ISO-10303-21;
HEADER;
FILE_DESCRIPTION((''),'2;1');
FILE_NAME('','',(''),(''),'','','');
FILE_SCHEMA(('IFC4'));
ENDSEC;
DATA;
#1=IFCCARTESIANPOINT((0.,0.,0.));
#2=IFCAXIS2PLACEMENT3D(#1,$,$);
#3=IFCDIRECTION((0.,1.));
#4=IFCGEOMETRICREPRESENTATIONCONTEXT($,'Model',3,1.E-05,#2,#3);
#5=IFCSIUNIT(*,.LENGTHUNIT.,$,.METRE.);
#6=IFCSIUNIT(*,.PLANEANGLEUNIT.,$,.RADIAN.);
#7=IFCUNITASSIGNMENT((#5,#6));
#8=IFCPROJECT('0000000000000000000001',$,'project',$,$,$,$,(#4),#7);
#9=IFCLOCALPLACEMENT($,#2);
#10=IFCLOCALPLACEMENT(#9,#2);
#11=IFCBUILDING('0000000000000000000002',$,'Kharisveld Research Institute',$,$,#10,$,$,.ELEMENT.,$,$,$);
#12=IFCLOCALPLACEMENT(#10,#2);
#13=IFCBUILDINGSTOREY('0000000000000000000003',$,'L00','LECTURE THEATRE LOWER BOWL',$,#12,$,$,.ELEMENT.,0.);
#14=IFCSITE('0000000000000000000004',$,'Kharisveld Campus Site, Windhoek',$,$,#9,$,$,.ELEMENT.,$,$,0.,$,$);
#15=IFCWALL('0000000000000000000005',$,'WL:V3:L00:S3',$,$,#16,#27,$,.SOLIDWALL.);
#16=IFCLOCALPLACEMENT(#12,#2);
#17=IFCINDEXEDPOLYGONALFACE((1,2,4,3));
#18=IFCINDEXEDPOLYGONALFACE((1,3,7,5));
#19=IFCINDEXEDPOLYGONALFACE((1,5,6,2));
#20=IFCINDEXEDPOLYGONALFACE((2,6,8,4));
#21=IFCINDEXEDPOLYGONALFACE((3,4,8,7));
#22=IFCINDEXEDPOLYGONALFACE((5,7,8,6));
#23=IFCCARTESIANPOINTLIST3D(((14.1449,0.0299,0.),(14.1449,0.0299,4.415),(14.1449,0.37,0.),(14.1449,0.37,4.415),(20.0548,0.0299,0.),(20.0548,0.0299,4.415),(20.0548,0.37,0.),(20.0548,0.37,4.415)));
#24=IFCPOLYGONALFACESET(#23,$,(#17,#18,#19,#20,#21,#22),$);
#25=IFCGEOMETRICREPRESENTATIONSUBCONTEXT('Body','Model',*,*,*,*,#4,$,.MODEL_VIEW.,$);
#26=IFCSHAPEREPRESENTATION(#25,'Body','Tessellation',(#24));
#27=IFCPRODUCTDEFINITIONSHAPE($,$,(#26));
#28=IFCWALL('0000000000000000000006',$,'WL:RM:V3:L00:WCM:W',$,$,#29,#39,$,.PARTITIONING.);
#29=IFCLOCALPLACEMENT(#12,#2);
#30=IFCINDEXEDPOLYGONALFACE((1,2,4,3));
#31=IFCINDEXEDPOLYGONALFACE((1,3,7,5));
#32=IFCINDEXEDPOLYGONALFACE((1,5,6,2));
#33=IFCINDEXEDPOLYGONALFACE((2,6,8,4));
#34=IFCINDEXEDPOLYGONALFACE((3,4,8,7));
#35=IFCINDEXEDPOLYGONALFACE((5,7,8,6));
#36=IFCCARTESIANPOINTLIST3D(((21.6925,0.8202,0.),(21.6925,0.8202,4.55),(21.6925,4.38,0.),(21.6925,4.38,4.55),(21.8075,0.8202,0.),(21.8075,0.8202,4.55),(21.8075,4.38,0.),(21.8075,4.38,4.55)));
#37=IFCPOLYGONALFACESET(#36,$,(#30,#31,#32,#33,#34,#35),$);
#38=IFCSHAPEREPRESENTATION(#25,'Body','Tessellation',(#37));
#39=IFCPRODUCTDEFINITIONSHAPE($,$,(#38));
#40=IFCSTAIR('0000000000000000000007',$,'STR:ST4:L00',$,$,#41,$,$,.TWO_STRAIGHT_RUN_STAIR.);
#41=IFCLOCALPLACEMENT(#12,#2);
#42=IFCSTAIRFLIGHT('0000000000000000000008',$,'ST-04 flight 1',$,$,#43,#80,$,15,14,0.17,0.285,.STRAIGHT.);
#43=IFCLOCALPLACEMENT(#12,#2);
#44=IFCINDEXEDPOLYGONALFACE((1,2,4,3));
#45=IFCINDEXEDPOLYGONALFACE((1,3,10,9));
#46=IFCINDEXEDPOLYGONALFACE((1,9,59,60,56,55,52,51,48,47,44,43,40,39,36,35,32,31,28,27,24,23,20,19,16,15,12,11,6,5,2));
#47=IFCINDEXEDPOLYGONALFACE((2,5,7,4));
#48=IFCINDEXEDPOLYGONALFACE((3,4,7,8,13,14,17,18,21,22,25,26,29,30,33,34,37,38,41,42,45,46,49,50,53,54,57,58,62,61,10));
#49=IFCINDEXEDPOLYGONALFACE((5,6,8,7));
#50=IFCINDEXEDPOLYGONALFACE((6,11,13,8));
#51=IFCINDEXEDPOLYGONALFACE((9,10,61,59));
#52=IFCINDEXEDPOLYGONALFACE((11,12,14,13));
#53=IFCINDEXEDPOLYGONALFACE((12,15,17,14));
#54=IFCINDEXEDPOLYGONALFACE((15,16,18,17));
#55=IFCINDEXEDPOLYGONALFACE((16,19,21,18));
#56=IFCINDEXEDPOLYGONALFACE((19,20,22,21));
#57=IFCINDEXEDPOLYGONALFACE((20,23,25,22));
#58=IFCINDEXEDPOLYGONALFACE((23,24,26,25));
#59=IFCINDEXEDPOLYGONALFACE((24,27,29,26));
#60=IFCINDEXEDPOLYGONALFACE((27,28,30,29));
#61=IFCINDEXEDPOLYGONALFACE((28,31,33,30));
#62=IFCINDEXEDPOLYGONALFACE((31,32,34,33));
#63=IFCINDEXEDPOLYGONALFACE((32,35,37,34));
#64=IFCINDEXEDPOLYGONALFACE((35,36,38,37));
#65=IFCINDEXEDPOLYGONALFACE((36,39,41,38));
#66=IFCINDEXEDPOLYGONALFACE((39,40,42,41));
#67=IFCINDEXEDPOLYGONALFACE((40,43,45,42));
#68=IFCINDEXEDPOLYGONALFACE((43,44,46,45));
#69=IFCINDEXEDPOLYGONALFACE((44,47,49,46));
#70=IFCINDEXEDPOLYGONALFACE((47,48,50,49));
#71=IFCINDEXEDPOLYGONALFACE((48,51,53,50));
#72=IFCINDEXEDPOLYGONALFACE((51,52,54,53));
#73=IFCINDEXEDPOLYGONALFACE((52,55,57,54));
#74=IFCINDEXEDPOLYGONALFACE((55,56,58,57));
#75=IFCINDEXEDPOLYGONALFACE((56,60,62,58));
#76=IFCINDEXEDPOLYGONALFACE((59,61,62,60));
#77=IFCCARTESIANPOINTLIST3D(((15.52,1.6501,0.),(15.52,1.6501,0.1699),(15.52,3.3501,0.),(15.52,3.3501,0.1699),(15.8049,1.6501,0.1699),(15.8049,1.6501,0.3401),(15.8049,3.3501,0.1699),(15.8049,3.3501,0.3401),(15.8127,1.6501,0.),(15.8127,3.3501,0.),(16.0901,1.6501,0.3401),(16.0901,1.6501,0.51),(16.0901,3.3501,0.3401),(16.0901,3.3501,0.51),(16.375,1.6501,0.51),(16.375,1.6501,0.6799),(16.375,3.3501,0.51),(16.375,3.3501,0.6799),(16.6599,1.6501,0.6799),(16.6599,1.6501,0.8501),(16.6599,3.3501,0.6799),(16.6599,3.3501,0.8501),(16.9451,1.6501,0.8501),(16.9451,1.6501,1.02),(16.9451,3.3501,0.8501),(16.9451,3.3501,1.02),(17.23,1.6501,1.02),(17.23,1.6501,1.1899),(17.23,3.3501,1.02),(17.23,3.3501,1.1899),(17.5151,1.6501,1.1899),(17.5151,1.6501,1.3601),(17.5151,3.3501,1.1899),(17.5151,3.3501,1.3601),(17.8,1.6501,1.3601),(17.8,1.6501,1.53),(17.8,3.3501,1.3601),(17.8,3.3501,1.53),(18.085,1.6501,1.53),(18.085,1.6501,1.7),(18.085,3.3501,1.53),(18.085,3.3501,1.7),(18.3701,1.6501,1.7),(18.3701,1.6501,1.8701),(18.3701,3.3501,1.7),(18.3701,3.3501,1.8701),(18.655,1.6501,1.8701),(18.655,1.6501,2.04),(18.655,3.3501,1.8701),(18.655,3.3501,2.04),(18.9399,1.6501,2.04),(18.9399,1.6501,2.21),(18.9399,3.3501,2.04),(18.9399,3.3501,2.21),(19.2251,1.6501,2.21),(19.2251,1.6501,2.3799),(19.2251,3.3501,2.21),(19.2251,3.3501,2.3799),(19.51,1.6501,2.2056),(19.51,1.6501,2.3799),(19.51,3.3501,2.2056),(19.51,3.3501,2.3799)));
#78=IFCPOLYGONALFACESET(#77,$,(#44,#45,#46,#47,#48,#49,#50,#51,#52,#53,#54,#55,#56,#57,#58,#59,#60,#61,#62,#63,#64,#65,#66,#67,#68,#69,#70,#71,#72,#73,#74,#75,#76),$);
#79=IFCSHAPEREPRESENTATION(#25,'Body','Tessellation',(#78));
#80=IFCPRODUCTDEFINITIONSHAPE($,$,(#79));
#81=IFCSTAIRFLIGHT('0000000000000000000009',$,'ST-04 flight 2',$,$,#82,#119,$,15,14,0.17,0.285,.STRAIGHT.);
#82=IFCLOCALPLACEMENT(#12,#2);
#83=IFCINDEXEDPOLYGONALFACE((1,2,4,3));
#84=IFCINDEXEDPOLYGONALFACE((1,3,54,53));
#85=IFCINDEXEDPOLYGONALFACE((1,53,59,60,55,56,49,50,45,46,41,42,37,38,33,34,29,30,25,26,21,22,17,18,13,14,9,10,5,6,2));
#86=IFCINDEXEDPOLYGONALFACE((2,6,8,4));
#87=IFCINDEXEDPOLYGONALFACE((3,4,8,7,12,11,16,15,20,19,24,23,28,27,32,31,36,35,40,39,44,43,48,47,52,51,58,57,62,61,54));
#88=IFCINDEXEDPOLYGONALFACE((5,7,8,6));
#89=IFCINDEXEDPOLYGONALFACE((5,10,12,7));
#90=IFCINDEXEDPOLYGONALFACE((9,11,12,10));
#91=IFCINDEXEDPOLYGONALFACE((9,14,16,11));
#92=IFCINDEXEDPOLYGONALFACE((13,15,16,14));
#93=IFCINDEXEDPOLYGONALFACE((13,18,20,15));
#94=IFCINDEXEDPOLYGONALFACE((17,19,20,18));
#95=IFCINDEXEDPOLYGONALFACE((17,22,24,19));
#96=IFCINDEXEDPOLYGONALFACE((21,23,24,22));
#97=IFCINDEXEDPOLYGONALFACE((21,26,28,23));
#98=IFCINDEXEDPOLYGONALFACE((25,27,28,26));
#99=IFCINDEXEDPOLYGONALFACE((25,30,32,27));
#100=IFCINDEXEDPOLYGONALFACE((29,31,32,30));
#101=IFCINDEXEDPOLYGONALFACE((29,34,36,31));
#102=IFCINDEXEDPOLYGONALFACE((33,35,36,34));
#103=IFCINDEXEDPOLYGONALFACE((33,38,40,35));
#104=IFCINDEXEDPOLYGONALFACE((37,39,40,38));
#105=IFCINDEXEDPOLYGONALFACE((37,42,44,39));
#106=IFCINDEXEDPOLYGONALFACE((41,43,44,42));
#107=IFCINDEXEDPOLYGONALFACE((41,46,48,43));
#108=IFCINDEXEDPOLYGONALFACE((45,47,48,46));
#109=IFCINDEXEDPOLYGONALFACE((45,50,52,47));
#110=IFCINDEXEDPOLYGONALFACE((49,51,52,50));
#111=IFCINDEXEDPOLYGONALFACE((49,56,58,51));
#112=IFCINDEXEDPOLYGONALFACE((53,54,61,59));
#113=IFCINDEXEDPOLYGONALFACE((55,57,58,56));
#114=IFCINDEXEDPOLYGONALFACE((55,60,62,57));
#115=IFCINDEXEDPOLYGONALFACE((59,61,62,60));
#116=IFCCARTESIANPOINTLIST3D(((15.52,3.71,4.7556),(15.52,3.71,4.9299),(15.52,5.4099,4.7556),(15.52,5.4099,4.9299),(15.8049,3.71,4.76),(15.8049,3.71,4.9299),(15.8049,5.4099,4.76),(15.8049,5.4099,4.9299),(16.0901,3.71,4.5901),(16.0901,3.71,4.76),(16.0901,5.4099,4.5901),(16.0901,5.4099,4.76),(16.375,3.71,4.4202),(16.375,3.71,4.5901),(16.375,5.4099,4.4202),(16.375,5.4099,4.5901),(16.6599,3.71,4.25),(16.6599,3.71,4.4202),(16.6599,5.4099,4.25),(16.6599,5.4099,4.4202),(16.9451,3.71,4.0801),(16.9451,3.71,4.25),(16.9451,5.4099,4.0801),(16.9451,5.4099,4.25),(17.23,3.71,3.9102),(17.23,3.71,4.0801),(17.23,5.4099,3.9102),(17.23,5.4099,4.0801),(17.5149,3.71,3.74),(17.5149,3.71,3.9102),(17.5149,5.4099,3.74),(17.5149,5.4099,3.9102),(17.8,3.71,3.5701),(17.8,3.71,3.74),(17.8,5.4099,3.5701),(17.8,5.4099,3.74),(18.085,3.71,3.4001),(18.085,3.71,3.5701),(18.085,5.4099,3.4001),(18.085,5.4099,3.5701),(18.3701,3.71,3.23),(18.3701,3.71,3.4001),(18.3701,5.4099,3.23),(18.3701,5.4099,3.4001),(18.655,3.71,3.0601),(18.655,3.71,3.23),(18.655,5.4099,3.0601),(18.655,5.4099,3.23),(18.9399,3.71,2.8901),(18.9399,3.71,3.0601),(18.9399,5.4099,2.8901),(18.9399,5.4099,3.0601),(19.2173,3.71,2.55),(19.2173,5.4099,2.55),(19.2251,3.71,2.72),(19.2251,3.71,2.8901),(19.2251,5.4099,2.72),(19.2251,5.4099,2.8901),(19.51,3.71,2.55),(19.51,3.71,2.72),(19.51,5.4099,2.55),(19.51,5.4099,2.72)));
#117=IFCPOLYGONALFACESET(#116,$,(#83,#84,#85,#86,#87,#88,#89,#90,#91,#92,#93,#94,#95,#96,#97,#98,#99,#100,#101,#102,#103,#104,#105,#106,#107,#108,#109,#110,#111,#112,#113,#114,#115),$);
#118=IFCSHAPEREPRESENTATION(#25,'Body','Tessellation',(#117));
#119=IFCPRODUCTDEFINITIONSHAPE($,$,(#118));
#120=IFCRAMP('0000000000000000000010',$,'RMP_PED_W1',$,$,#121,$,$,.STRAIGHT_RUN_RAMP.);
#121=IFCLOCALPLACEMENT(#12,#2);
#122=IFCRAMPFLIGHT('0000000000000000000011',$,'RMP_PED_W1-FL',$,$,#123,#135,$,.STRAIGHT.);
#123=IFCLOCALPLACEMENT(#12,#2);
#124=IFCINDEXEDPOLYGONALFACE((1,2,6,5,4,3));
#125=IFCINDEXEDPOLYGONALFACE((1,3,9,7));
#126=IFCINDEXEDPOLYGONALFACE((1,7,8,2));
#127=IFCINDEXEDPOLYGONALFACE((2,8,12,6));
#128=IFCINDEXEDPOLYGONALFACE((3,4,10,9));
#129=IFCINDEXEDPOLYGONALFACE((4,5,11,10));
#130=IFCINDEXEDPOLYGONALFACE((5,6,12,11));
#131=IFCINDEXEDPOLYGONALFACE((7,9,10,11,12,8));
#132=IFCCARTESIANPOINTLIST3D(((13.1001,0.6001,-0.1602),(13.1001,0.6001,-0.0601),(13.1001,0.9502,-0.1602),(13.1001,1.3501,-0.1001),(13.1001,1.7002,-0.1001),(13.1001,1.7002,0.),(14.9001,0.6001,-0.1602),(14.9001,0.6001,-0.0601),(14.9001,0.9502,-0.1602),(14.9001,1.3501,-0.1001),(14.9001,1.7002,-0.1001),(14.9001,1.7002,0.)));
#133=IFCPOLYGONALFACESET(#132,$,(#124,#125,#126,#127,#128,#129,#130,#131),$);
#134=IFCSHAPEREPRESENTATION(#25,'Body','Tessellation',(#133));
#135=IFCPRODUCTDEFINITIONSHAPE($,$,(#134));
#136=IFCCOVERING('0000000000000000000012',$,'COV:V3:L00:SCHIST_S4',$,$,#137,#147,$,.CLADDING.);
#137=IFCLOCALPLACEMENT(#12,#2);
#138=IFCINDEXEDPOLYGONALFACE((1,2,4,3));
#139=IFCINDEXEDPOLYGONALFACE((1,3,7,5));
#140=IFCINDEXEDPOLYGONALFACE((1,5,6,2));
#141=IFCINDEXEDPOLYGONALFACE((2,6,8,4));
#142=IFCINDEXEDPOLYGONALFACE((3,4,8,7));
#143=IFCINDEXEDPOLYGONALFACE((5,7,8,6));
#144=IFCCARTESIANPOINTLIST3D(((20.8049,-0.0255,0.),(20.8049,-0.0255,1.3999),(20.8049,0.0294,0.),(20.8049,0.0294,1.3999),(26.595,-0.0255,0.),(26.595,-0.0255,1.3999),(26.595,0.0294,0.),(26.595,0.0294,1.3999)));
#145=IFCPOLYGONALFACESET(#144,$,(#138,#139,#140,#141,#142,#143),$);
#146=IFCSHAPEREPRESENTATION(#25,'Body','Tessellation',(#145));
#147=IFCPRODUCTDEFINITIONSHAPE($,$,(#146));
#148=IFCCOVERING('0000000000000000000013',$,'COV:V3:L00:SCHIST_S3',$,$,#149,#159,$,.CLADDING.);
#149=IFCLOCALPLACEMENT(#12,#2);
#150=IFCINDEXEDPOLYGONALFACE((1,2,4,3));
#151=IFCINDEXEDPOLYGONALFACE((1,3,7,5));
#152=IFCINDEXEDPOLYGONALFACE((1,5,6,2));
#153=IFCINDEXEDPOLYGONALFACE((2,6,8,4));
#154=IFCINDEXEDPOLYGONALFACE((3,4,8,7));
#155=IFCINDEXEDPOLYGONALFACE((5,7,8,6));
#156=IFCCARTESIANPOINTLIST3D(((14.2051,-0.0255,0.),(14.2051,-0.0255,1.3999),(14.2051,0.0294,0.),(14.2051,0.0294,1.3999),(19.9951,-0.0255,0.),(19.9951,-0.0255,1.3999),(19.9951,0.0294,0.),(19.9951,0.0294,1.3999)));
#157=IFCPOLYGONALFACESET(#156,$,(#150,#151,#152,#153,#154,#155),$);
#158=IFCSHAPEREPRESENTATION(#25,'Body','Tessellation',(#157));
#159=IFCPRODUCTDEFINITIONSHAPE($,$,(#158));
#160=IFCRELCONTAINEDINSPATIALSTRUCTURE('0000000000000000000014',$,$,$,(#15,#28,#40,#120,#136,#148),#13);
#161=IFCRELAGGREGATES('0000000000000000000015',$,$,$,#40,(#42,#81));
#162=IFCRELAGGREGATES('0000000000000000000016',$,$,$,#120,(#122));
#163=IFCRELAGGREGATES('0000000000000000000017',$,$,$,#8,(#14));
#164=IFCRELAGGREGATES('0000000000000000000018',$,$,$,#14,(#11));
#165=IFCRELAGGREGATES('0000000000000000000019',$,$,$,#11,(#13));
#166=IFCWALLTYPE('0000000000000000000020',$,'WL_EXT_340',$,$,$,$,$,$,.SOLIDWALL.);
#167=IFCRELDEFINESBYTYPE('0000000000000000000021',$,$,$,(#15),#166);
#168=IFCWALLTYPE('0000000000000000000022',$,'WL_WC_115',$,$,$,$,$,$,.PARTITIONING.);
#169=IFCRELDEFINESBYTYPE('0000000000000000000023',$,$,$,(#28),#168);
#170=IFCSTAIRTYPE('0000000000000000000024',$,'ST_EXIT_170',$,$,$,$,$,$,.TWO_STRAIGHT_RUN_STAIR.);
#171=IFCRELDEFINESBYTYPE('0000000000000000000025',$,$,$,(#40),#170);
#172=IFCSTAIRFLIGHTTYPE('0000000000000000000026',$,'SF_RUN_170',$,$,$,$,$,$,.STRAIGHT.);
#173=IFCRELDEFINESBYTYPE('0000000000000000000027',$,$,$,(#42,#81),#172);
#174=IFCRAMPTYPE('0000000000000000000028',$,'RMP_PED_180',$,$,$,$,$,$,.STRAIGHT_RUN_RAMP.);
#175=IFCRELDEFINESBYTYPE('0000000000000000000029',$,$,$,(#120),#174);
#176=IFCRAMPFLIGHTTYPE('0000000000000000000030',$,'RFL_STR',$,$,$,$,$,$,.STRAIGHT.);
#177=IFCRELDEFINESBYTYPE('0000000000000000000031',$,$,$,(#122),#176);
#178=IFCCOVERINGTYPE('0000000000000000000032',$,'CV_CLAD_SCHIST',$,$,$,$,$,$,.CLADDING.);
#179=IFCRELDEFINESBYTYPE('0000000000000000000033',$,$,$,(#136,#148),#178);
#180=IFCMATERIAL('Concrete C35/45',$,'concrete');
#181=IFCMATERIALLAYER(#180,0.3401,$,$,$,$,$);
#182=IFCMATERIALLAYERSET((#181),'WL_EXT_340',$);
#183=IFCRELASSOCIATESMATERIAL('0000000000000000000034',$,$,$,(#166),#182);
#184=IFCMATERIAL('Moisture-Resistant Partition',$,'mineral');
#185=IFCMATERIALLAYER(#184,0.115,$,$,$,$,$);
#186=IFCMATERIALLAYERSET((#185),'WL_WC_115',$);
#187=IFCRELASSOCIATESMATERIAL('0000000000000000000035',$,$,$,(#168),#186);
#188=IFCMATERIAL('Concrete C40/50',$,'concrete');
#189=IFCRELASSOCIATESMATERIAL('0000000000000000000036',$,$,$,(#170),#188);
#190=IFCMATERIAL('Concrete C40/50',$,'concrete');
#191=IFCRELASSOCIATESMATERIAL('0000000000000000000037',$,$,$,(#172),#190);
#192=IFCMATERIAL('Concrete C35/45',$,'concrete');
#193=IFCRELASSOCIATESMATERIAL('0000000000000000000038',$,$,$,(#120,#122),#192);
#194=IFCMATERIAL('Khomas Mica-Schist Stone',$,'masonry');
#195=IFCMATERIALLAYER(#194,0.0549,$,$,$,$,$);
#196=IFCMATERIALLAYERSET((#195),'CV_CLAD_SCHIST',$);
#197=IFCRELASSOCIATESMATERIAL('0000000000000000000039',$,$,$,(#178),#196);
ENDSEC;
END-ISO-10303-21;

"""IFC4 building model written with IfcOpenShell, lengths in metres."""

from ifc_helpers import new_model, si_unit, direction, frame, frame_2d, origin, origin_2d, place, context, subcontext, project, spatial, polyline, rectangle, outline, extrude, material, layer, layer_set, type_object, element, aggregate, save


model = new_model("IFC4")

# Units and contexts
model_context = context("Model", 3, precision=1e-05, world=origin(), true_north=direction((0.0, 1.0)))
body_context = subcontext(model_context, "Body", "Model", "MODEL_VIEW")
ifc_project = project(units=[si_unit("LENGTHUNIT", "METRE"), si_unit("PLANEANGLEUNIT", "RADIAN")], contexts=[model_context])

# Site, building, storey
site_placement = place(None, origin())
site = spatial("IfcSite", under=ifc_project, at=site_placement, Name="Kharisveld Campus Site, Windhoek", CompositionType="ELEMENT", RefElevation=0.0)
building_placement = place(site_placement, origin())
building = spatial("IfcBuilding", under=site, at=building_placement, Name="Kharisveld Research Institute", CompositionType="ELEMENT")
storey_placement = place(building_placement, origin())
storey = spatial("IfcBuildingStorey", under=building, at=storey_placement, Name="L00", Description="LECTURE THEATRE LOWER BOWL", CompositionType="ELEMENT", Elevation=0.0)

# Walls
ifc_material_1 = material(Name="Concrete C35/45", Category="concrete")
ifc_layer_1 = layer(ifc_material_1, 0.3401)
ifc_layer_set_1 = layer_set([ifc_layer_1], Name="WL_EXT_340")
wall_type_1 = type_object("IfcWallType", Name="WL_EXT_340", PredefinedType="SOLIDWALL", material=ifc_layer_set_1)
wall_1_placement = place(storey_placement, frame((20.0549, 0.2, 0.0), z_axis=(0.0, 0.0, 1.0), x_axis=(-1.0, 0.0, 0.0)))
element("IfcWall", 1, at=wall_1_placement, inside=storey, type_object=wall_type_1, Name="WL:V3:L00:S3", PredefinedType="SOLIDWALL", context=body_context, shape_type="SweptSolid", body=[
    extrude(rectangle(XDim=5.9099, YDim=0.3401, at=frame_2d((2.9551, 0.0))), origin(), (0.0, 0.0, 1.0), 4.415),
])
ifc_material_2 = material(Name="Moisture-Resistant Partition", Category="mineral")
ifc_layer_2 = layer(ifc_material_2, 0.115)
ifc_layer_set_2 = layer_set([ifc_layer_2], Name="WL_WC_115")
wall_type_2 = type_object("IfcWallType", Name="WL_WC_115", PredefinedType="PARTITIONING", material=ifc_layer_set_2)
wall_2_placement = place(storey_placement, frame((21.75, 4.3799, 0.0), z_axis=(0.0, 0.0, 1.0), x_axis=(0.0, -1.0, 0.0)))
element("IfcWall", 2, at=wall_2_placement, inside=storey, type_object=wall_type_2, Name="WL:RM:V3:L00:WCM:W", PredefinedType="PARTITIONING", context=body_context, shape_type="SweptSolid", body=[
    extrude(rectangle(XDim=3.5598, YDim=0.115, at=frame_2d((1.7798, 0.0))), origin(), (0.0, 0.0, 1.0), 4.55),
])

# Stair, stair flights
ifc_material_3 = material(Name="Concrete C40/50", Category="concrete")
stair_type = type_object("IfcStairType", Name="ST_EXIT_170", PredefinedType="TWO_STRAIGHT_RUN_STAIR", material=ifc_material_3)
stair_placement = place(storey_placement, origin())
stair = element("IfcStair", 3, at=stair_placement, inside=storey, type_object=stair_type, Name="STR:ST4:L00", PredefinedType="TWO_STRAIGHT_RUN_STAIR")
ifc_material_4 = material(Name="Concrete C40/50", Category="concrete")
stair_flight_type = type_object("IfcStairFlightType", Name="SF_RUN_170", PredefinedType="STRAIGHT", material=ifc_material_4)
stair_flight_1_placement = place(storey_placement, frame((15.52, 2.5, 0.0), z_axis=(0.0, 0.0, 1.0), x_axis=(1.0, 0.0, 0.0)))
stair_flight_1 = element("IfcStairFlight", 4, at=stair_flight_1_placement, type_object=stair_flight_type, Name="ST-04 flight 1", NumberOfRisers=15, NumberOfTreads=14, PredefinedType="STRAIGHT", RiserHeight=0.17, TreadLength=0.285, context=body_context, shape_type="SweptSolid", body=[
    extrude(outline(polyline([(0.0, 0.0), (0.0, 0.1699), (0.2849, 0.1699), (0.2849, 0.3401), (0.5701, 0.3401), (0.5701, 0.51), (0.855, 0.51), (0.855, 0.6799), (1.1399, 0.6799), (1.1399, 0.8501), (1.425, 0.8501), (1.425, 1.02), (1.71, 1.02), (1.71, 1.1899), (1.9951, 1.1899), (1.9951, 1.3601), (2.28, 1.3601), (2.28, 1.53), (2.5649, 1.53), (2.5649, 1.7), (2.8501, 1.7), (2.8501, 1.8701), (3.135, 1.8701), (3.135, 2.04), (3.4199, 2.04), (3.4199, 2.21), (3.7051, 2.21), (3.7051, 2.3799), (3.99, 2.3799), (3.99, 2.55), (3.99, 2.2056), (0.2927, 0.0), (0.0, 0.0)])), frame((0.0, 0.8501, 0.0), z_axis=(0.0, -1.0, 0.0), x_axis=(1.0, 0.0, 0.0)), (0.0, 0.0, 1.0), 1.7),
])
stair_flight_2_placement = place(storey_placement, frame((19.51, 4.5601, 2.55), z_axis=(0.0, 0.0, 1.0), x_axis=(-1.0, 0.0, 0.0)))
stair_flight_2 = element("IfcStairFlight", 5, at=stair_flight_2_placement, type_object=stair_flight_type, Name="ST-04 flight 2", NumberOfRisers=15, NumberOfTreads=14, PredefinedType="STRAIGHT", RiserHeight=0.17, TreadLength=0.285, context=body_context, shape_type="SweptSolid", body=[
    extrude(outline(polyline([(0.0, 0.0), (0.0, 0.1699), (0.2849, 0.1699), (0.2849, 0.3401), (0.5701, 0.3401), (0.5701, 0.51), (0.855, 0.51), (0.855, 0.6799), (1.1399, 0.6799), (1.1399, 0.8501), (1.425, 0.8501), (1.425, 1.02), (1.71, 1.02), (1.71, 1.1899), (1.9951, 1.1899), (1.9951, 1.3601), (2.28, 1.3601), (2.28, 1.53), (2.5649, 1.53), (2.5649, 1.7), (2.8501, 1.7), (2.8501, 1.8701), (3.135, 1.8701), (3.135, 2.04), (3.4199, 2.04), (3.4199, 2.21), (3.7051, 2.21), (3.7051, 2.3799), (3.99, 2.3799), (3.99, 2.55), (3.99, 2.2056), (0.2927, 0.0), (0.0, 0.0)])), frame((0.0, 0.8501, 0.0), z_axis=(0.0, -1.0, 0.0), x_axis=(1.0, 0.0, 0.0)), (0.0, 0.0, 1.0), 1.7),
])
aggregate(stair, [stair_flight_1, stair_flight_2])

# Ramp, ramp flight
ifc_material_5 = material(Name="Concrete C35/45", Category="concrete")
ramp_type = type_object("IfcRampType", Name="RMP_PED_180", PredefinedType="STRAIGHT_RUN_RAMP")
ramp_placement = place(storey_placement, origin())
ramp = element("IfcRamp", 6, at=ramp_placement, inside=storey, type_object=ramp_type, material=ifc_material_5, Name="RMP_PED_W1", PredefinedType="STRAIGHT_RUN_RAMP")
ramp_flight_type = type_object("IfcRampFlightType", Name="RFL_STR", PredefinedType="STRAIGHT")
ramp_flight_placement = place(storey_placement, frame((14.0, 0.6001, -0.0601), z_axis=(0.0, 0.0, 1.0), x_axis=(0.0, 1.0, 0.0)))
ramp_flight = element("IfcRampFlight", 7, at=ramp_flight_placement, type_object=ramp_flight_type, material=ifc_material_5, Name="RMP_PED_W1-FL", PredefinedType="STRAIGHT", context=body_context, shape_type="SweptSolid", body=[
    extrude(outline(polyline([(0.0, 0.0), (0.0, -0.1001), (0.3501, -0.1001), (0.75, -0.04), (1.1001, -0.04), (1.1001, 0.0601), (0.0, 0.0)])), frame((0.0, 0.8999, 0.0), z_axis=(0.0, -1.0, 0.0), x_axis=(1.0, 0.0, 0.0)), (0.0, 0.0, 1.0), 1.8),
])
aggregate(ramp, [ramp_flight])

# Coverings
ifc_material_6 = material(Name="Khomas Mica-Schist Stone", Category="masonry")
ifc_layer_3 = layer(ifc_material_6, 0.0549)
ifc_layer_set_3 = layer_set([ifc_layer_3], Name="CV_CLAD_SCHIST")
covering_type = type_object("IfcCoveringType", Name="CV_CLAD_SCHIST", PredefinedType="CLADDING", material=ifc_layer_set_3)
for number, where, z_axis, x_axis, name in (
    (8, (23.7, 0.002, 0.0), (0.0, 0.0, 1.0), (-1.0, 0.0, 0.0), "COV:V3:L00:SCHIST_S4"),
    (9, (17.1001, 0.002, 0.0), (0.0, 0.0, 1.0), (-1.0, 0.0, 0.0), "COV:V3:L00:SCHIST_S3"),
):
    element("IfcCovering", number, at=place(storey_placement, frame(where, z_axis=z_axis, x_axis=x_axis)), inside=storey, type_object=covering_type, Name=name, PredefinedType="CLADDING", context=body_context, shape_type="SweptSolid", body=[
        extrude(rectangle(XDim=5.79, YDim=0.0549, at=origin_2d()), origin(), (0.0, 0.0, 1.0), 1.3999),
    ])

save(model, "model.ifc")
